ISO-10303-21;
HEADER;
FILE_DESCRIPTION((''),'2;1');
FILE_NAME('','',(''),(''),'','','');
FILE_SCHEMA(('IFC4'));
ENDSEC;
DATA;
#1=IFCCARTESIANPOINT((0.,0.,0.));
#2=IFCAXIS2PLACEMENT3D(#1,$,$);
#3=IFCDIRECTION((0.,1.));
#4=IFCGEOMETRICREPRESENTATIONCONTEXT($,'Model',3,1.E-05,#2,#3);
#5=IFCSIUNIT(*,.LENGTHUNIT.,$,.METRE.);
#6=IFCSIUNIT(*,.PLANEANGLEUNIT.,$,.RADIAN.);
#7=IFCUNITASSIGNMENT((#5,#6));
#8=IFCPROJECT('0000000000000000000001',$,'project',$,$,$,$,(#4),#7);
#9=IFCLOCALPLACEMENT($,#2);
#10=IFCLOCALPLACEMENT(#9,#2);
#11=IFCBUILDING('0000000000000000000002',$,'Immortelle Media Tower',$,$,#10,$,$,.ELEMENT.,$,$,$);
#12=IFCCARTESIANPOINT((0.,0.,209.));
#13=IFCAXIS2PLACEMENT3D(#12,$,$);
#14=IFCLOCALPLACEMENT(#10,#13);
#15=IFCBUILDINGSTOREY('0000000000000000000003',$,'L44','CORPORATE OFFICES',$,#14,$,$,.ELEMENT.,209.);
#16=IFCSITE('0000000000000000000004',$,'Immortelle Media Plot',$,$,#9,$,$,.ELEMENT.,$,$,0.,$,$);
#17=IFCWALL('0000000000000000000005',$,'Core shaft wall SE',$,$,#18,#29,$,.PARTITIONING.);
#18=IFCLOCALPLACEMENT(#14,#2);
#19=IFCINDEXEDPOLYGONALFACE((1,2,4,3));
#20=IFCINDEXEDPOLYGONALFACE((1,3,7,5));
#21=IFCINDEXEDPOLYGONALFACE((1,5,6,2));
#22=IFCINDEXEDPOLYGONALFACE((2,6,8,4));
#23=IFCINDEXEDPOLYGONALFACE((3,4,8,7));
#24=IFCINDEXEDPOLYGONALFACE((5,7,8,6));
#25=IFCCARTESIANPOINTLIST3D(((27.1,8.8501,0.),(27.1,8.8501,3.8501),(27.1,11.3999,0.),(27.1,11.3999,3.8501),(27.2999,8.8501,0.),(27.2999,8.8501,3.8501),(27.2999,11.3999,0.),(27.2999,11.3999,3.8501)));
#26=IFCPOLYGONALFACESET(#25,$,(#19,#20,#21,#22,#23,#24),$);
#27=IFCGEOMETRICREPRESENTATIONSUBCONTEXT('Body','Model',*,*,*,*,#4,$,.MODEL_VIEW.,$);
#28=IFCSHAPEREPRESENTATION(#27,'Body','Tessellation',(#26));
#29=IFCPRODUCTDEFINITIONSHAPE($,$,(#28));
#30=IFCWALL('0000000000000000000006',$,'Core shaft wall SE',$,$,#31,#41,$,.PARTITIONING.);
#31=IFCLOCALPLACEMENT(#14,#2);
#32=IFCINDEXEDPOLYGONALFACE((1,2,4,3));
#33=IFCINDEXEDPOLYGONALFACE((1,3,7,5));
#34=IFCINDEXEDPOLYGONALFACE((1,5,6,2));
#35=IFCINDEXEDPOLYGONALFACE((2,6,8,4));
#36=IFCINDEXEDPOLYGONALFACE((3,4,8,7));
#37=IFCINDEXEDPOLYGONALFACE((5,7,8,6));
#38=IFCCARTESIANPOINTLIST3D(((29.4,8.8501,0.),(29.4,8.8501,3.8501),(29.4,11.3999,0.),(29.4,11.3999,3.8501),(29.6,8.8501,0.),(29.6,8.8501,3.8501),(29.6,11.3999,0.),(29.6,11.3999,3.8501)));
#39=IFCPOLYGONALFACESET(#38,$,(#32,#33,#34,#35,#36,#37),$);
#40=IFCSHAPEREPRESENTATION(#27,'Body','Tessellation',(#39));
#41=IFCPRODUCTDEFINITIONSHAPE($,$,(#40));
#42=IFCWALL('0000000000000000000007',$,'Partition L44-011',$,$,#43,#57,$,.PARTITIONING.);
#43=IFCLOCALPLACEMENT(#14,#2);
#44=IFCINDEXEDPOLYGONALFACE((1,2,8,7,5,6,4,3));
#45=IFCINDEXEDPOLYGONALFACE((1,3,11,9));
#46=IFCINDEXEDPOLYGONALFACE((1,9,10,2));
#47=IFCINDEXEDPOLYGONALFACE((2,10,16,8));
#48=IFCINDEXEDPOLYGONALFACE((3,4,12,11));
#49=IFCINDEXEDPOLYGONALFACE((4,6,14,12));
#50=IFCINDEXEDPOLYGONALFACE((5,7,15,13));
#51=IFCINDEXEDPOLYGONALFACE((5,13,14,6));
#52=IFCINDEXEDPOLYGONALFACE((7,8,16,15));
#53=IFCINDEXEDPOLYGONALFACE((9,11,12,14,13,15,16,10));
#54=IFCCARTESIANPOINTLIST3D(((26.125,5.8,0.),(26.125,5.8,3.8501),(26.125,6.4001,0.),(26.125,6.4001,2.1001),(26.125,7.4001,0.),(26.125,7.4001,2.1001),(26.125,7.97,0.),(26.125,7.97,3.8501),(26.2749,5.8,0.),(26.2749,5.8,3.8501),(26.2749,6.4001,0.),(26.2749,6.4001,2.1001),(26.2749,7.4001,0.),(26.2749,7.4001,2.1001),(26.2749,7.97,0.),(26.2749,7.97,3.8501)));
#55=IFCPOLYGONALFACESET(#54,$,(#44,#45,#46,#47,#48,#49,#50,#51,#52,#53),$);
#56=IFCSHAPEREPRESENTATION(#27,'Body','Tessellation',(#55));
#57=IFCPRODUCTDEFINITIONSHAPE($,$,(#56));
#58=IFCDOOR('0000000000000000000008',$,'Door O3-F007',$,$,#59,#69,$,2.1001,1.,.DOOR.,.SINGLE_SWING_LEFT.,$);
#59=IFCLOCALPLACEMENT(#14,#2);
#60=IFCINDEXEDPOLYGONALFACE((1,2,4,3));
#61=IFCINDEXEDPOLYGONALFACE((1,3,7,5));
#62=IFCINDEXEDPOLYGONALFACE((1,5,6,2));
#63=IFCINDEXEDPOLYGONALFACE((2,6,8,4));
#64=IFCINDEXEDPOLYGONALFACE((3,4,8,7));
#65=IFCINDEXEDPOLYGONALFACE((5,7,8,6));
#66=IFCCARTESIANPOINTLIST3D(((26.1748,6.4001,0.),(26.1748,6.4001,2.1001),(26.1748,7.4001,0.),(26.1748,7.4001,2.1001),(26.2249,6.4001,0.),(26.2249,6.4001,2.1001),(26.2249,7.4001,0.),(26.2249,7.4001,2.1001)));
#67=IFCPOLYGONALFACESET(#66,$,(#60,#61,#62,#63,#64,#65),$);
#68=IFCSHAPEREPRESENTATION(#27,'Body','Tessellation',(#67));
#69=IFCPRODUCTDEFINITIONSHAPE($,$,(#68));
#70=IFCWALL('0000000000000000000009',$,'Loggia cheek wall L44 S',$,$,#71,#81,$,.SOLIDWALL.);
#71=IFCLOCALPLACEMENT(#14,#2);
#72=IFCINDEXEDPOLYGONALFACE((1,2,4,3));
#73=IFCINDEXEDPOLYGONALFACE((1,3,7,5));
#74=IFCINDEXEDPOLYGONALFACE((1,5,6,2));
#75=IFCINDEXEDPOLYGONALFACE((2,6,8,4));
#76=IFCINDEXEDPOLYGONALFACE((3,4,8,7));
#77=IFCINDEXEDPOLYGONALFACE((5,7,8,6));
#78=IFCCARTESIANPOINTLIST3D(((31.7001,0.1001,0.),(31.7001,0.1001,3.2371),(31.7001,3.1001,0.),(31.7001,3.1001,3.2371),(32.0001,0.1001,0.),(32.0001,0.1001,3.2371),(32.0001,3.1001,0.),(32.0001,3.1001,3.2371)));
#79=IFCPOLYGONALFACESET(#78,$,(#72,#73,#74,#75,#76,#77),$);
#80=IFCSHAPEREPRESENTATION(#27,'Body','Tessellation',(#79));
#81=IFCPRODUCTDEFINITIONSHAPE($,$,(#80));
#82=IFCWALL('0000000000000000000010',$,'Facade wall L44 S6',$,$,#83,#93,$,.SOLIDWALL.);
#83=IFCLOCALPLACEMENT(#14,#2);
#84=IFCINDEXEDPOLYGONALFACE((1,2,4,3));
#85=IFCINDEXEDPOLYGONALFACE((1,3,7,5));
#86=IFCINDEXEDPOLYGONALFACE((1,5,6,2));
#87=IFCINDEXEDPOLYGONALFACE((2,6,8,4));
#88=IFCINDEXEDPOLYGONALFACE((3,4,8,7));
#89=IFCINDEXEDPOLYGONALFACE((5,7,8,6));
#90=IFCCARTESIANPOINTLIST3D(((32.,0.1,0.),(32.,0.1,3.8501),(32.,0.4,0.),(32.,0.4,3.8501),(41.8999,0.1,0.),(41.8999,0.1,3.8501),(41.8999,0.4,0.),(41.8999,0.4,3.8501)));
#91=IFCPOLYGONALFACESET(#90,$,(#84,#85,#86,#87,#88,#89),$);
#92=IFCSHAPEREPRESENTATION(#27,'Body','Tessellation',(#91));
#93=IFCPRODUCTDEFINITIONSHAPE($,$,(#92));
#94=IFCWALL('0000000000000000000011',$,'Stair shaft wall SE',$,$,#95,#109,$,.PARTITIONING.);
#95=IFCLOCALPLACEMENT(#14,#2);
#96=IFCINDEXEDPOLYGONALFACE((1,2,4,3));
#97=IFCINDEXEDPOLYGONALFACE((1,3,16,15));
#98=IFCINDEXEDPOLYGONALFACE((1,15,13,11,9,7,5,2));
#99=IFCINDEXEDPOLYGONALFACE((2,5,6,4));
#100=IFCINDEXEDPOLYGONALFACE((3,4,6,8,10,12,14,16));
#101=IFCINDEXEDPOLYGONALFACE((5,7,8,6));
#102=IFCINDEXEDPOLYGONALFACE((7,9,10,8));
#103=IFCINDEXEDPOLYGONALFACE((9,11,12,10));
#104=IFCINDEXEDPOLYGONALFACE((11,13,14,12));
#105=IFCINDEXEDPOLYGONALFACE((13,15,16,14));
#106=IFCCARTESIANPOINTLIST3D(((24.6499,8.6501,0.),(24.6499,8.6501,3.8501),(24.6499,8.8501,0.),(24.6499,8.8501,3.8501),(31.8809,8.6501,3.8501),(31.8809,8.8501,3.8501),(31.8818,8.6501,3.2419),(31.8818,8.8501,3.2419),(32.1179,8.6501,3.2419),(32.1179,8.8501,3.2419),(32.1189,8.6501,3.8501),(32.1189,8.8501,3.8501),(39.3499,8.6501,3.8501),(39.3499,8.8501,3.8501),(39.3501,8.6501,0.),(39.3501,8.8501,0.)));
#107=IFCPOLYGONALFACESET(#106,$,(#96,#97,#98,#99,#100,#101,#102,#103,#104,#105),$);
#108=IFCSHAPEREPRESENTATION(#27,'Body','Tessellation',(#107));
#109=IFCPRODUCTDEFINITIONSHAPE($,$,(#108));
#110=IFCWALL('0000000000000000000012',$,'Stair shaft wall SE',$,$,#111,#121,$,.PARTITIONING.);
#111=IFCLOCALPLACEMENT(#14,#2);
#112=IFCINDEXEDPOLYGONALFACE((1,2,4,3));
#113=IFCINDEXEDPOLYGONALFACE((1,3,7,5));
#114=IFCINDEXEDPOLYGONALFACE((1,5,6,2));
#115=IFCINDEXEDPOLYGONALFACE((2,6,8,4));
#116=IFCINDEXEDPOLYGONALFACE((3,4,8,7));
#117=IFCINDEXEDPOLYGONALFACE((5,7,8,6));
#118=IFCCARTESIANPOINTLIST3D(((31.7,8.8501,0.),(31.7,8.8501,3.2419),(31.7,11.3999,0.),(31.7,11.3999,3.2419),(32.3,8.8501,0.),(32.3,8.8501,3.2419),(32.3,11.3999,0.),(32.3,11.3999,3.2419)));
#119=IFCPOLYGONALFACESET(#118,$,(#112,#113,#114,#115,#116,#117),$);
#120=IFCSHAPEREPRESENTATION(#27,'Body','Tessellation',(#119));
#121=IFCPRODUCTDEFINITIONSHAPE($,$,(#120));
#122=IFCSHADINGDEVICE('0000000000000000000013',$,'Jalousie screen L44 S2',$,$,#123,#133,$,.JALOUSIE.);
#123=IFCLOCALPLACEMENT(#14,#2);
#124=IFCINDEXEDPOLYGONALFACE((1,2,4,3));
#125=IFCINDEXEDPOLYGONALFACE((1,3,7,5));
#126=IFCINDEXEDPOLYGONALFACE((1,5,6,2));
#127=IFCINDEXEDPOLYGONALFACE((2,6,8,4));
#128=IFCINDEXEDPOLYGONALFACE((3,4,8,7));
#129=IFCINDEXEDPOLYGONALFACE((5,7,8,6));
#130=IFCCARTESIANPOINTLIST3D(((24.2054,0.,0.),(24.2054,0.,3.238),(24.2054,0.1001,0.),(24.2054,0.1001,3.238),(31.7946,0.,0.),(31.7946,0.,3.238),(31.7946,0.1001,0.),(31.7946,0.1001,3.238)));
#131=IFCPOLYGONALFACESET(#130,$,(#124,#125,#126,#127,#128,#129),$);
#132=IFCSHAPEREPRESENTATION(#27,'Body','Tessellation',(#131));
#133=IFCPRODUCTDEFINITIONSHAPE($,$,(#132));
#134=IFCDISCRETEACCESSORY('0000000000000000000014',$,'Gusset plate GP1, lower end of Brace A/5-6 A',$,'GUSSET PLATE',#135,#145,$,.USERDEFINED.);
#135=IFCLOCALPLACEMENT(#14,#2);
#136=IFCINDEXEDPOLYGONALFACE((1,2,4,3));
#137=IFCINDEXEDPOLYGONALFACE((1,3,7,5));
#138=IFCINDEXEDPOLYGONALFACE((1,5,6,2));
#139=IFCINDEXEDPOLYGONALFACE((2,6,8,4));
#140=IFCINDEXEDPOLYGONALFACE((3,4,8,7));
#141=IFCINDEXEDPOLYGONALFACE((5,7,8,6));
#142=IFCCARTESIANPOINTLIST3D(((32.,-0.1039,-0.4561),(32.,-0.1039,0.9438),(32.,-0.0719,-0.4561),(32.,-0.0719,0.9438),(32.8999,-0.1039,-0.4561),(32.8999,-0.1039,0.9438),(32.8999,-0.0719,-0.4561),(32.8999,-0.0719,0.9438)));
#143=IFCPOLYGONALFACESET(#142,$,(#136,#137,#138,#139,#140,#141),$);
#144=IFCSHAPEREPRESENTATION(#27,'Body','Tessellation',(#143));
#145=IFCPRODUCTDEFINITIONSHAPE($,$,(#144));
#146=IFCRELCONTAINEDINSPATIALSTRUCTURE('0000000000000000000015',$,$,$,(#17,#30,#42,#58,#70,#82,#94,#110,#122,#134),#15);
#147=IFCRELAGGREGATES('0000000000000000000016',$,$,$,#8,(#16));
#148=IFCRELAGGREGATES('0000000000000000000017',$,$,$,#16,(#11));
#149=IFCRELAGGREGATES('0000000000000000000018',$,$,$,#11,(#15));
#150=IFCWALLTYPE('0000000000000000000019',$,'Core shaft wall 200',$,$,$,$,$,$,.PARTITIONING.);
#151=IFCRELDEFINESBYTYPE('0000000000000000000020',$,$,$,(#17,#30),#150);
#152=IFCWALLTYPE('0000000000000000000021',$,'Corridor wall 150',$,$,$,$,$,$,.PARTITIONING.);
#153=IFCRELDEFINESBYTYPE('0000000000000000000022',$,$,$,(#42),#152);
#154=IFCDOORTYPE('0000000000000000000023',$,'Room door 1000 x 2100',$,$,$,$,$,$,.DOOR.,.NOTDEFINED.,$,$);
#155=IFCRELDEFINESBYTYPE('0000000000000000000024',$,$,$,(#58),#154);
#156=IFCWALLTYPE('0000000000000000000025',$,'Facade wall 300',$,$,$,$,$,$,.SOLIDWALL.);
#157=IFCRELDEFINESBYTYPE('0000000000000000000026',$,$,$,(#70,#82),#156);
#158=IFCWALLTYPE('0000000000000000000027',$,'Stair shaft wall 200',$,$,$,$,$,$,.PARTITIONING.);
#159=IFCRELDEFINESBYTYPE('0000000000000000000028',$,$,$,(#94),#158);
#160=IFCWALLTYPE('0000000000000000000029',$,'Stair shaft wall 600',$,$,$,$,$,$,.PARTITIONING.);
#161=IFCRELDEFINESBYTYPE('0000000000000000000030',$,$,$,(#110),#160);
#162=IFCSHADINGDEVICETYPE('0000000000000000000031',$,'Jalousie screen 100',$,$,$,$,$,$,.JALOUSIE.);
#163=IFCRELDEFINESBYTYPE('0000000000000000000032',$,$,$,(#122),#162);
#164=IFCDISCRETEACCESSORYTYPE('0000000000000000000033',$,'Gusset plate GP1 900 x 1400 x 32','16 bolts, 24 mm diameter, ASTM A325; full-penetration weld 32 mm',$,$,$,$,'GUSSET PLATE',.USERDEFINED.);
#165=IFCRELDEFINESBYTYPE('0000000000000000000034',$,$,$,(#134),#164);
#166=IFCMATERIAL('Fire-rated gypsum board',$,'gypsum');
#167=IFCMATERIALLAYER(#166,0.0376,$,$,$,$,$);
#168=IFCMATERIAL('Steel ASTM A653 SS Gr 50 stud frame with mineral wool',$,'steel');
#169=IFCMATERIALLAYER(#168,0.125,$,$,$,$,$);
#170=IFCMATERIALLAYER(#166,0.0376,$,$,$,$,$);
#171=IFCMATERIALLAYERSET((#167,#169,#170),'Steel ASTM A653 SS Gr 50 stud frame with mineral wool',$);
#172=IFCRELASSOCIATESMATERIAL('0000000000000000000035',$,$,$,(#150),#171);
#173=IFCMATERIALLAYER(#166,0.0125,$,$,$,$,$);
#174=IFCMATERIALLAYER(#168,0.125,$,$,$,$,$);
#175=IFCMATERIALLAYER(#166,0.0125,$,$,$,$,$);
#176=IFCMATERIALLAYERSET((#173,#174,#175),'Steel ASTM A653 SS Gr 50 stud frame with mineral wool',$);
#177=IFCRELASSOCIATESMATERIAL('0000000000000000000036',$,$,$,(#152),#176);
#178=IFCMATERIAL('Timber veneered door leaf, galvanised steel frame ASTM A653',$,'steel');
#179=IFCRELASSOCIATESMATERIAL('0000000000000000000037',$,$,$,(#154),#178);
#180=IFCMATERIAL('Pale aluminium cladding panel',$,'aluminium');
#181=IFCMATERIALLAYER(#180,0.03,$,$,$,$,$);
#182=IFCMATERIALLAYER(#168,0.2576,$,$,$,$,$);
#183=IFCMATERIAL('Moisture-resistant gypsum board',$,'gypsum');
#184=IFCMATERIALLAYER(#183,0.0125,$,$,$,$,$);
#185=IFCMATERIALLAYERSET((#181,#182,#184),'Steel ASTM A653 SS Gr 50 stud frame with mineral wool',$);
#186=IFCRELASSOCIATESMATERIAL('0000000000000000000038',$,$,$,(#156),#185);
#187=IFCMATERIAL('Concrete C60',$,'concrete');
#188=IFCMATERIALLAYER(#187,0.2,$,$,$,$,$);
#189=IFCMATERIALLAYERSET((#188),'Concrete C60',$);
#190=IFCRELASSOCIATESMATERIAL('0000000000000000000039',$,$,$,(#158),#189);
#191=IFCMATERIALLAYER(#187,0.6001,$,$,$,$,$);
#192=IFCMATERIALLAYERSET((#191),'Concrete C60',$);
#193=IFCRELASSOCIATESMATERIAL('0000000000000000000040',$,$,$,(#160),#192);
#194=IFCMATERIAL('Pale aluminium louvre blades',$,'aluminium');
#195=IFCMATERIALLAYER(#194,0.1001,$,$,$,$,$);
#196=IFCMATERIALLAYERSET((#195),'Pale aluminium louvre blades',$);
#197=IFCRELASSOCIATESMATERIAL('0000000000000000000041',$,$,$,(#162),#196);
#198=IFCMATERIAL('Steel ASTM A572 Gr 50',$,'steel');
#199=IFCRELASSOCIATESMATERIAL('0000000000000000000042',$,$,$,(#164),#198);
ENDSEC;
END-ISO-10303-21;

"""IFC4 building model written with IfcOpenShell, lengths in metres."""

from ifc_helpers import new_model, si_unit, direction, frame, frame_2d, origin, origin_2d, place, context, subcontext, project, spatial, polyline, rectangle, outline, extrude, material, layer, layer_set, material_profile, profile_set, type_object, element, fill, save


model = new_model("IFC4")

# Units and contexts
model_context = context("Model", 3, precision=1e-05, world=origin(), true_north=direction((0.0, 1.0)))
body_context = subcontext(model_context, "Body", "Model", "MODEL_VIEW")
ifc_project = project(units=[si_unit("LENGTHUNIT", "METRE"), si_unit("PLANEANGLEUNIT", "RADIAN")], contexts=[model_context])

# Site, building, storey
site_placement = place(None, origin())
site = spatial("IfcSite", under=ifc_project, at=site_placement, Name="Immortelle Media Plot", CompositionType="ELEMENT", RefElevation=0.0)
building_placement = place(site_placement, origin())
building = spatial("IfcBuilding", under=site, at=building_placement, Name="Immortelle Media Tower", CompositionType="ELEMENT")
storey_placement = place(building_placement, frame((0.0, 0.0, 209.0)))
storey = spatial("IfcBuildingStorey", under=building, at=storey_placement, Name="L44", Description="CORPORATE OFFICES", CompositionType="ELEMENT", Elevation=209.0)

# Walls
ifc_material_1 = material(Name="Fire-rated gypsum board", Category="gypsum")
ifc_layer_1 = layer(ifc_material_1, 0.0376)
ifc_material_2 = material(Name="Steel ASTM A653 SS Gr 50 stud frame with mineral wool", Category="steel")
ifc_layer_2 = layer(ifc_material_2, 0.125)
ifc_layer_3 = layer(ifc_material_1, 0.0376)
ifc_layer_set_1 = layer_set([ifc_layer_1, ifc_layer_2, ifc_layer_3], Name="Steel ASTM A653 SS Gr 50 stud frame with mineral wool")
wall_type_1 = type_object("IfcWallType", Name="Core shaft wall 200", PredefinedType="PARTITIONING", material=ifc_layer_set_1)
for number, where, z_axis, x_axis, name in (
    (1, (27.2, 8.8501, 0.0), (0.0, 0.0, 1.0), (0.0, 1.0, 0.0), "Core shaft wall SE"),
    (2, (29.5, 8.8501, 0.0), (0.0, 0.0, 1.0), (0.0, 1.0, 0.0), "Core shaft wall SE"),
):
    element("IfcWall", number, at=place(storey_placement, frame(where, z_axis=z_axis, x_axis=x_axis)), inside=storey, type_object=wall_type_1, Name=name, PredefinedType="PARTITIONING", context=body_context, shape_type="SweptSolid", body=[
        extrude(rectangle(XDim=2.5498, YDim=0.2, at=frame_2d((1.2749, 0.0))), origin(), (0.0, 0.0, 1.0), 3.8501),
    ])

# Wall, opening, door
ifc_layer_4 = layer(ifc_material_1, 0.0125)
ifc_layer_5 = layer(ifc_material_2, 0.125)
ifc_layer_6 = layer(ifc_material_1, 0.0125)
ifc_layer_set_2 = layer_set([ifc_layer_4, ifc_layer_5, ifc_layer_6], Name="Steel ASTM A653 SS Gr 50 stud frame with mineral wool")
wall_type_2 = type_object("IfcWallType", Name="Corridor wall 150", PredefinedType="PARTITIONING", material=ifc_layer_set_2)
wall_1_placement = place(storey_placement, frame((26.2, 5.8, 0.0), z_axis=(0.0, 0.0, 1.0), x_axis=(0.0, 1.0, 0.0)))
wall_1 = element("IfcWall", 3, at=wall_1_placement, inside=storey, type_object=wall_type_2, Name="Partition L44-011", PredefinedType="PARTITIONING", context=body_context, shape_type="SweptSolid", body=[
    extrude(rectangle(XDim=2.1699, YDim=0.1499, at=frame_2d((1.085, 0.0))), origin(), (0.0, 0.0, 1.0), 3.8501),
])
opening_placement = place(wall_1_placement, frame((1.6001, 0.0, 0.0), z_axis=(0.0, 0.0, 1.0), x_axis=(-1.0, 0.0, 0.0)))
opening = element("IfcOpeningElement", 4, at=opening_placement, cuts=wall_1, PredefinedType="OPENING", context=body_context, shape_type="SweptSolid", body=[
    extrude(rectangle(XDim=1.0, YDim=2.1001, at=frame_2d((0.5, 1.05))), frame((0.0, 0.085, 0.0), z_axis=(0.0, -1.0, 0.0), x_axis=(1.0, 0.0, 0.0)), (0.0, 0.0, 1.0), 0.1699),
])
ifc_material_3 = material(Name="Timber veneered door leaf, galvanised steel frame ASTM A653", Category="steel")
door_type = type_object("IfcDoorType", Name="Room door 1000 x 2100", OperationType="NOTDEFINED", PredefinedType="DOOR", material=ifc_material_3)
door_placement = place(opening_placement, origin())
door = element("IfcDoor", 5, at=door_placement, inside=storey, type_object=door_type, Name="Door O3-F007", OperationType="SINGLE_SWING_LEFT", OverallHeight=2.1001, OverallWidth=1.0, PredefinedType="DOOR", context=body_context, shape_type="SweptSolid", body=[
    extrude(rectangle(XDim=1.0, YDim=2.1001, at=frame_2d((0.5, 1.05))), frame((0.0, 0.0249, 0.0), z_axis=(0.0, -1.0, 0.0), x_axis=(1.0, 0.0, 0.0)), (0.0, 0.0, 1.0), 0.05),
])
fill(opening, door)

# Walls
ifc_material_4 = material(Name="Pale aluminium cladding panel", Category="aluminium")
ifc_layer_7 = layer(ifc_material_4, 0.03)
ifc_layer_8 = layer(ifc_material_2, 0.2576)
ifc_material_5 = material(Name="Moisture-resistant gypsum board", Category="gypsum")
ifc_layer_9 = layer(ifc_material_5, 0.0125)
ifc_layer_set_3 = layer_set([ifc_layer_7, ifc_layer_8, ifc_layer_9], Name="Steel ASTM A653 SS Gr 50 stud frame with mineral wool")
wall_type_3 = type_object("IfcWallType", Name="Facade wall 300", PredefinedType="SOLIDWALL", material=ifc_layer_set_3)
wall_2_placement = place(storey_placement, frame((31.8501, 0.1001, 0.0), z_axis=(0.0, 0.0, 1.0), x_axis=(0.0, 1.0, 0.0)))
element("IfcWall", 6, at=wall_2_placement, inside=storey, type_object=wall_type_3, Name="Loggia cheek wall L44 S", PredefinedType="SOLIDWALL", context=body_context, shape_type="SweptSolid", body=[
    extrude(rectangle(XDim=3.0, YDim=0.3, at=frame_2d((1.5, 0.0))), origin(), (0.0, 0.0, 1.0), 3.2371),
])
wall_3_placement = place(storey_placement, frame((32.0, 0.25, 0.0), z_axis=(0.0, 0.0, 1.0), x_axis=(1.0, 0.0, 0.0)))
element("IfcWall", 7, at=wall_3_placement, inside=storey, type_object=wall_type_3, Name="Facade wall L44 S6", PredefinedType="SOLIDWALL", context=body_context, shape_type="SweptSolid", body=[
    extrude(rectangle(XDim=9.8999, YDim=0.3, at=frame_2d((4.95, 0.0))), origin(), (0.0, 0.0, 1.0), 3.8501),
])
ifc_material_6 = material(Name="Concrete C60", Category="concrete")
ifc_layer_10 = layer(ifc_material_6, 0.2)
ifc_layer_set_4 = layer_set([ifc_layer_10], Name="Concrete C60")
wall_type_4 = type_object("IfcWallType", Name="Stair shaft wall 200", PredefinedType="PARTITIONING", material=ifc_layer_set_4)
wall_4_placement = place(storey_placement, frame((24.6499, 8.75, 0.0), z_axis=(0.0, 0.0, 1.0), x_axis=(1.0, 0.0, 0.0)))
element("IfcWall", 8, at=wall_4_placement, inside=storey, type_object=wall_type_4, Name="Stair shaft wall SE", PredefinedType="PARTITIONING", context=body_context, shape_type="SweptSolid", body=[
    extrude(outline(polyline([(0.0, 0.0), (14.7002, 0.0), (14.7, 3.8501), (7.469, 3.8501), (7.468, 3.2419), (7.2319, 3.2419), (7.231, 3.8501), (0.0, 3.8501), (0.0, 0.0)])), frame((0.0, 0.1001, 0.0), z_axis=(0.0, -1.0, 0.0), x_axis=(1.0, 0.0, 0.0)), (0.0, 0.0, 1.0), 0.2),
])
ifc_layer_11 = layer(ifc_material_6, 0.6001)
ifc_layer_set_5 = layer_set([ifc_layer_11], Name="Concrete C60")
wall_type_5 = type_object("IfcWallType", Name="Stair shaft wall 600", PredefinedType="PARTITIONING", material=ifc_layer_set_5)
wall_5_placement = place(storey_placement, frame((32.0, 8.8501, 0.0), z_axis=(0.0, 0.0, 1.0), x_axis=(0.0, 1.0, 0.0)))
element("IfcWall", 9, at=wall_5_placement, inside=storey, type_object=wall_type_5, Name="Stair shaft wall SE", PredefinedType="PARTITIONING", context=body_context, shape_type="SweptSolid", body=[
    extrude(rectangle(XDim=2.5498, YDim=0.6001, at=frame_2d((1.2749, 0.0))), origin(), (0.0, 0.0, 1.0), 3.2419),
])

# Shading device
ifc_material_7 = material(Name="Pale aluminium louvre blades", Category="aluminium")
ifc_layer_12 = layer(ifc_material_7, 0.1001)
ifc_layer_set_6 = layer_set([ifc_layer_12], Name="Pale aluminium louvre blades")
shading_device_type = type_object("IfcShadingDeviceType", Name="Jalousie screen 100", PredefinedType="JALOUSIE", material=ifc_layer_set_6)
shading_device_placement = place(storey_placement, frame((28.0, 0.05, 0.0), z_axis=(0.0, 0.0, 1.0), x_axis=(1.0, 0.0, 0.0)))
element("IfcShadingDevice", 10, at=shading_device_placement, inside=storey, type_object=shading_device_type, Name="Jalousie screen L44 S2", PredefinedType="JALOUSIE", context=body_context, shape_type="SweptSolid", body=[
    extrude(rectangle(XDim=7.5891, YDim=0.1001, at=origin_2d()), origin(), (0.0, 0.0, 1.0), 3.238),
])

# Discrete accessory
ifc_material_8 = material(Name="Steel ASTM A572 Gr 50", Category="steel")
ifc_material_profile_1 = material_profile(ifc_material_8, rectangle(XDim=0.032, YDim=1.3999, at=origin_2d()), Name="PL 32 x 1400")
ifc_profile_set_1 = profile_set([ifc_material_profile_1], Name="Steel ASTM A572 Gr 50")
discrete_accessory_type = type_object("IfcDiscreteAccessoryType", Name="Gusset plate GP1 900 x 1400 x 32", Description="16 bolts, 24 mm diameter, ASTM A325; full-penetration weld 32 mm", ElementType="GUSSET PLATE", PredefinedType="USERDEFINED", material=ifc_profile_set_1)
discrete_accessory_placement = place(storey_placement, frame((32.0, -0.0879, 0.2439), z_axis=(1.0, 0.0, 0.0), x_axis=(0.0, 1.0, 0.0)))
element("IfcDiscreteAccessory", 11, at=discrete_accessory_placement, inside=storey, type_object=discrete_accessory_type, Name="Gusset plate GP1, lower end of Brace A/5-6 A", ObjectType="GUSSET PLATE", PredefinedType="USERDEFINED", context=body_context, shape_type="SweptSolid", body=[
    extrude(rectangle(XDim=0.032, YDim=1.3999, at=origin_2d()), origin(), (0.0, 0.0, 1.0), 0.8999),
])

save(model, "model.ifc")
